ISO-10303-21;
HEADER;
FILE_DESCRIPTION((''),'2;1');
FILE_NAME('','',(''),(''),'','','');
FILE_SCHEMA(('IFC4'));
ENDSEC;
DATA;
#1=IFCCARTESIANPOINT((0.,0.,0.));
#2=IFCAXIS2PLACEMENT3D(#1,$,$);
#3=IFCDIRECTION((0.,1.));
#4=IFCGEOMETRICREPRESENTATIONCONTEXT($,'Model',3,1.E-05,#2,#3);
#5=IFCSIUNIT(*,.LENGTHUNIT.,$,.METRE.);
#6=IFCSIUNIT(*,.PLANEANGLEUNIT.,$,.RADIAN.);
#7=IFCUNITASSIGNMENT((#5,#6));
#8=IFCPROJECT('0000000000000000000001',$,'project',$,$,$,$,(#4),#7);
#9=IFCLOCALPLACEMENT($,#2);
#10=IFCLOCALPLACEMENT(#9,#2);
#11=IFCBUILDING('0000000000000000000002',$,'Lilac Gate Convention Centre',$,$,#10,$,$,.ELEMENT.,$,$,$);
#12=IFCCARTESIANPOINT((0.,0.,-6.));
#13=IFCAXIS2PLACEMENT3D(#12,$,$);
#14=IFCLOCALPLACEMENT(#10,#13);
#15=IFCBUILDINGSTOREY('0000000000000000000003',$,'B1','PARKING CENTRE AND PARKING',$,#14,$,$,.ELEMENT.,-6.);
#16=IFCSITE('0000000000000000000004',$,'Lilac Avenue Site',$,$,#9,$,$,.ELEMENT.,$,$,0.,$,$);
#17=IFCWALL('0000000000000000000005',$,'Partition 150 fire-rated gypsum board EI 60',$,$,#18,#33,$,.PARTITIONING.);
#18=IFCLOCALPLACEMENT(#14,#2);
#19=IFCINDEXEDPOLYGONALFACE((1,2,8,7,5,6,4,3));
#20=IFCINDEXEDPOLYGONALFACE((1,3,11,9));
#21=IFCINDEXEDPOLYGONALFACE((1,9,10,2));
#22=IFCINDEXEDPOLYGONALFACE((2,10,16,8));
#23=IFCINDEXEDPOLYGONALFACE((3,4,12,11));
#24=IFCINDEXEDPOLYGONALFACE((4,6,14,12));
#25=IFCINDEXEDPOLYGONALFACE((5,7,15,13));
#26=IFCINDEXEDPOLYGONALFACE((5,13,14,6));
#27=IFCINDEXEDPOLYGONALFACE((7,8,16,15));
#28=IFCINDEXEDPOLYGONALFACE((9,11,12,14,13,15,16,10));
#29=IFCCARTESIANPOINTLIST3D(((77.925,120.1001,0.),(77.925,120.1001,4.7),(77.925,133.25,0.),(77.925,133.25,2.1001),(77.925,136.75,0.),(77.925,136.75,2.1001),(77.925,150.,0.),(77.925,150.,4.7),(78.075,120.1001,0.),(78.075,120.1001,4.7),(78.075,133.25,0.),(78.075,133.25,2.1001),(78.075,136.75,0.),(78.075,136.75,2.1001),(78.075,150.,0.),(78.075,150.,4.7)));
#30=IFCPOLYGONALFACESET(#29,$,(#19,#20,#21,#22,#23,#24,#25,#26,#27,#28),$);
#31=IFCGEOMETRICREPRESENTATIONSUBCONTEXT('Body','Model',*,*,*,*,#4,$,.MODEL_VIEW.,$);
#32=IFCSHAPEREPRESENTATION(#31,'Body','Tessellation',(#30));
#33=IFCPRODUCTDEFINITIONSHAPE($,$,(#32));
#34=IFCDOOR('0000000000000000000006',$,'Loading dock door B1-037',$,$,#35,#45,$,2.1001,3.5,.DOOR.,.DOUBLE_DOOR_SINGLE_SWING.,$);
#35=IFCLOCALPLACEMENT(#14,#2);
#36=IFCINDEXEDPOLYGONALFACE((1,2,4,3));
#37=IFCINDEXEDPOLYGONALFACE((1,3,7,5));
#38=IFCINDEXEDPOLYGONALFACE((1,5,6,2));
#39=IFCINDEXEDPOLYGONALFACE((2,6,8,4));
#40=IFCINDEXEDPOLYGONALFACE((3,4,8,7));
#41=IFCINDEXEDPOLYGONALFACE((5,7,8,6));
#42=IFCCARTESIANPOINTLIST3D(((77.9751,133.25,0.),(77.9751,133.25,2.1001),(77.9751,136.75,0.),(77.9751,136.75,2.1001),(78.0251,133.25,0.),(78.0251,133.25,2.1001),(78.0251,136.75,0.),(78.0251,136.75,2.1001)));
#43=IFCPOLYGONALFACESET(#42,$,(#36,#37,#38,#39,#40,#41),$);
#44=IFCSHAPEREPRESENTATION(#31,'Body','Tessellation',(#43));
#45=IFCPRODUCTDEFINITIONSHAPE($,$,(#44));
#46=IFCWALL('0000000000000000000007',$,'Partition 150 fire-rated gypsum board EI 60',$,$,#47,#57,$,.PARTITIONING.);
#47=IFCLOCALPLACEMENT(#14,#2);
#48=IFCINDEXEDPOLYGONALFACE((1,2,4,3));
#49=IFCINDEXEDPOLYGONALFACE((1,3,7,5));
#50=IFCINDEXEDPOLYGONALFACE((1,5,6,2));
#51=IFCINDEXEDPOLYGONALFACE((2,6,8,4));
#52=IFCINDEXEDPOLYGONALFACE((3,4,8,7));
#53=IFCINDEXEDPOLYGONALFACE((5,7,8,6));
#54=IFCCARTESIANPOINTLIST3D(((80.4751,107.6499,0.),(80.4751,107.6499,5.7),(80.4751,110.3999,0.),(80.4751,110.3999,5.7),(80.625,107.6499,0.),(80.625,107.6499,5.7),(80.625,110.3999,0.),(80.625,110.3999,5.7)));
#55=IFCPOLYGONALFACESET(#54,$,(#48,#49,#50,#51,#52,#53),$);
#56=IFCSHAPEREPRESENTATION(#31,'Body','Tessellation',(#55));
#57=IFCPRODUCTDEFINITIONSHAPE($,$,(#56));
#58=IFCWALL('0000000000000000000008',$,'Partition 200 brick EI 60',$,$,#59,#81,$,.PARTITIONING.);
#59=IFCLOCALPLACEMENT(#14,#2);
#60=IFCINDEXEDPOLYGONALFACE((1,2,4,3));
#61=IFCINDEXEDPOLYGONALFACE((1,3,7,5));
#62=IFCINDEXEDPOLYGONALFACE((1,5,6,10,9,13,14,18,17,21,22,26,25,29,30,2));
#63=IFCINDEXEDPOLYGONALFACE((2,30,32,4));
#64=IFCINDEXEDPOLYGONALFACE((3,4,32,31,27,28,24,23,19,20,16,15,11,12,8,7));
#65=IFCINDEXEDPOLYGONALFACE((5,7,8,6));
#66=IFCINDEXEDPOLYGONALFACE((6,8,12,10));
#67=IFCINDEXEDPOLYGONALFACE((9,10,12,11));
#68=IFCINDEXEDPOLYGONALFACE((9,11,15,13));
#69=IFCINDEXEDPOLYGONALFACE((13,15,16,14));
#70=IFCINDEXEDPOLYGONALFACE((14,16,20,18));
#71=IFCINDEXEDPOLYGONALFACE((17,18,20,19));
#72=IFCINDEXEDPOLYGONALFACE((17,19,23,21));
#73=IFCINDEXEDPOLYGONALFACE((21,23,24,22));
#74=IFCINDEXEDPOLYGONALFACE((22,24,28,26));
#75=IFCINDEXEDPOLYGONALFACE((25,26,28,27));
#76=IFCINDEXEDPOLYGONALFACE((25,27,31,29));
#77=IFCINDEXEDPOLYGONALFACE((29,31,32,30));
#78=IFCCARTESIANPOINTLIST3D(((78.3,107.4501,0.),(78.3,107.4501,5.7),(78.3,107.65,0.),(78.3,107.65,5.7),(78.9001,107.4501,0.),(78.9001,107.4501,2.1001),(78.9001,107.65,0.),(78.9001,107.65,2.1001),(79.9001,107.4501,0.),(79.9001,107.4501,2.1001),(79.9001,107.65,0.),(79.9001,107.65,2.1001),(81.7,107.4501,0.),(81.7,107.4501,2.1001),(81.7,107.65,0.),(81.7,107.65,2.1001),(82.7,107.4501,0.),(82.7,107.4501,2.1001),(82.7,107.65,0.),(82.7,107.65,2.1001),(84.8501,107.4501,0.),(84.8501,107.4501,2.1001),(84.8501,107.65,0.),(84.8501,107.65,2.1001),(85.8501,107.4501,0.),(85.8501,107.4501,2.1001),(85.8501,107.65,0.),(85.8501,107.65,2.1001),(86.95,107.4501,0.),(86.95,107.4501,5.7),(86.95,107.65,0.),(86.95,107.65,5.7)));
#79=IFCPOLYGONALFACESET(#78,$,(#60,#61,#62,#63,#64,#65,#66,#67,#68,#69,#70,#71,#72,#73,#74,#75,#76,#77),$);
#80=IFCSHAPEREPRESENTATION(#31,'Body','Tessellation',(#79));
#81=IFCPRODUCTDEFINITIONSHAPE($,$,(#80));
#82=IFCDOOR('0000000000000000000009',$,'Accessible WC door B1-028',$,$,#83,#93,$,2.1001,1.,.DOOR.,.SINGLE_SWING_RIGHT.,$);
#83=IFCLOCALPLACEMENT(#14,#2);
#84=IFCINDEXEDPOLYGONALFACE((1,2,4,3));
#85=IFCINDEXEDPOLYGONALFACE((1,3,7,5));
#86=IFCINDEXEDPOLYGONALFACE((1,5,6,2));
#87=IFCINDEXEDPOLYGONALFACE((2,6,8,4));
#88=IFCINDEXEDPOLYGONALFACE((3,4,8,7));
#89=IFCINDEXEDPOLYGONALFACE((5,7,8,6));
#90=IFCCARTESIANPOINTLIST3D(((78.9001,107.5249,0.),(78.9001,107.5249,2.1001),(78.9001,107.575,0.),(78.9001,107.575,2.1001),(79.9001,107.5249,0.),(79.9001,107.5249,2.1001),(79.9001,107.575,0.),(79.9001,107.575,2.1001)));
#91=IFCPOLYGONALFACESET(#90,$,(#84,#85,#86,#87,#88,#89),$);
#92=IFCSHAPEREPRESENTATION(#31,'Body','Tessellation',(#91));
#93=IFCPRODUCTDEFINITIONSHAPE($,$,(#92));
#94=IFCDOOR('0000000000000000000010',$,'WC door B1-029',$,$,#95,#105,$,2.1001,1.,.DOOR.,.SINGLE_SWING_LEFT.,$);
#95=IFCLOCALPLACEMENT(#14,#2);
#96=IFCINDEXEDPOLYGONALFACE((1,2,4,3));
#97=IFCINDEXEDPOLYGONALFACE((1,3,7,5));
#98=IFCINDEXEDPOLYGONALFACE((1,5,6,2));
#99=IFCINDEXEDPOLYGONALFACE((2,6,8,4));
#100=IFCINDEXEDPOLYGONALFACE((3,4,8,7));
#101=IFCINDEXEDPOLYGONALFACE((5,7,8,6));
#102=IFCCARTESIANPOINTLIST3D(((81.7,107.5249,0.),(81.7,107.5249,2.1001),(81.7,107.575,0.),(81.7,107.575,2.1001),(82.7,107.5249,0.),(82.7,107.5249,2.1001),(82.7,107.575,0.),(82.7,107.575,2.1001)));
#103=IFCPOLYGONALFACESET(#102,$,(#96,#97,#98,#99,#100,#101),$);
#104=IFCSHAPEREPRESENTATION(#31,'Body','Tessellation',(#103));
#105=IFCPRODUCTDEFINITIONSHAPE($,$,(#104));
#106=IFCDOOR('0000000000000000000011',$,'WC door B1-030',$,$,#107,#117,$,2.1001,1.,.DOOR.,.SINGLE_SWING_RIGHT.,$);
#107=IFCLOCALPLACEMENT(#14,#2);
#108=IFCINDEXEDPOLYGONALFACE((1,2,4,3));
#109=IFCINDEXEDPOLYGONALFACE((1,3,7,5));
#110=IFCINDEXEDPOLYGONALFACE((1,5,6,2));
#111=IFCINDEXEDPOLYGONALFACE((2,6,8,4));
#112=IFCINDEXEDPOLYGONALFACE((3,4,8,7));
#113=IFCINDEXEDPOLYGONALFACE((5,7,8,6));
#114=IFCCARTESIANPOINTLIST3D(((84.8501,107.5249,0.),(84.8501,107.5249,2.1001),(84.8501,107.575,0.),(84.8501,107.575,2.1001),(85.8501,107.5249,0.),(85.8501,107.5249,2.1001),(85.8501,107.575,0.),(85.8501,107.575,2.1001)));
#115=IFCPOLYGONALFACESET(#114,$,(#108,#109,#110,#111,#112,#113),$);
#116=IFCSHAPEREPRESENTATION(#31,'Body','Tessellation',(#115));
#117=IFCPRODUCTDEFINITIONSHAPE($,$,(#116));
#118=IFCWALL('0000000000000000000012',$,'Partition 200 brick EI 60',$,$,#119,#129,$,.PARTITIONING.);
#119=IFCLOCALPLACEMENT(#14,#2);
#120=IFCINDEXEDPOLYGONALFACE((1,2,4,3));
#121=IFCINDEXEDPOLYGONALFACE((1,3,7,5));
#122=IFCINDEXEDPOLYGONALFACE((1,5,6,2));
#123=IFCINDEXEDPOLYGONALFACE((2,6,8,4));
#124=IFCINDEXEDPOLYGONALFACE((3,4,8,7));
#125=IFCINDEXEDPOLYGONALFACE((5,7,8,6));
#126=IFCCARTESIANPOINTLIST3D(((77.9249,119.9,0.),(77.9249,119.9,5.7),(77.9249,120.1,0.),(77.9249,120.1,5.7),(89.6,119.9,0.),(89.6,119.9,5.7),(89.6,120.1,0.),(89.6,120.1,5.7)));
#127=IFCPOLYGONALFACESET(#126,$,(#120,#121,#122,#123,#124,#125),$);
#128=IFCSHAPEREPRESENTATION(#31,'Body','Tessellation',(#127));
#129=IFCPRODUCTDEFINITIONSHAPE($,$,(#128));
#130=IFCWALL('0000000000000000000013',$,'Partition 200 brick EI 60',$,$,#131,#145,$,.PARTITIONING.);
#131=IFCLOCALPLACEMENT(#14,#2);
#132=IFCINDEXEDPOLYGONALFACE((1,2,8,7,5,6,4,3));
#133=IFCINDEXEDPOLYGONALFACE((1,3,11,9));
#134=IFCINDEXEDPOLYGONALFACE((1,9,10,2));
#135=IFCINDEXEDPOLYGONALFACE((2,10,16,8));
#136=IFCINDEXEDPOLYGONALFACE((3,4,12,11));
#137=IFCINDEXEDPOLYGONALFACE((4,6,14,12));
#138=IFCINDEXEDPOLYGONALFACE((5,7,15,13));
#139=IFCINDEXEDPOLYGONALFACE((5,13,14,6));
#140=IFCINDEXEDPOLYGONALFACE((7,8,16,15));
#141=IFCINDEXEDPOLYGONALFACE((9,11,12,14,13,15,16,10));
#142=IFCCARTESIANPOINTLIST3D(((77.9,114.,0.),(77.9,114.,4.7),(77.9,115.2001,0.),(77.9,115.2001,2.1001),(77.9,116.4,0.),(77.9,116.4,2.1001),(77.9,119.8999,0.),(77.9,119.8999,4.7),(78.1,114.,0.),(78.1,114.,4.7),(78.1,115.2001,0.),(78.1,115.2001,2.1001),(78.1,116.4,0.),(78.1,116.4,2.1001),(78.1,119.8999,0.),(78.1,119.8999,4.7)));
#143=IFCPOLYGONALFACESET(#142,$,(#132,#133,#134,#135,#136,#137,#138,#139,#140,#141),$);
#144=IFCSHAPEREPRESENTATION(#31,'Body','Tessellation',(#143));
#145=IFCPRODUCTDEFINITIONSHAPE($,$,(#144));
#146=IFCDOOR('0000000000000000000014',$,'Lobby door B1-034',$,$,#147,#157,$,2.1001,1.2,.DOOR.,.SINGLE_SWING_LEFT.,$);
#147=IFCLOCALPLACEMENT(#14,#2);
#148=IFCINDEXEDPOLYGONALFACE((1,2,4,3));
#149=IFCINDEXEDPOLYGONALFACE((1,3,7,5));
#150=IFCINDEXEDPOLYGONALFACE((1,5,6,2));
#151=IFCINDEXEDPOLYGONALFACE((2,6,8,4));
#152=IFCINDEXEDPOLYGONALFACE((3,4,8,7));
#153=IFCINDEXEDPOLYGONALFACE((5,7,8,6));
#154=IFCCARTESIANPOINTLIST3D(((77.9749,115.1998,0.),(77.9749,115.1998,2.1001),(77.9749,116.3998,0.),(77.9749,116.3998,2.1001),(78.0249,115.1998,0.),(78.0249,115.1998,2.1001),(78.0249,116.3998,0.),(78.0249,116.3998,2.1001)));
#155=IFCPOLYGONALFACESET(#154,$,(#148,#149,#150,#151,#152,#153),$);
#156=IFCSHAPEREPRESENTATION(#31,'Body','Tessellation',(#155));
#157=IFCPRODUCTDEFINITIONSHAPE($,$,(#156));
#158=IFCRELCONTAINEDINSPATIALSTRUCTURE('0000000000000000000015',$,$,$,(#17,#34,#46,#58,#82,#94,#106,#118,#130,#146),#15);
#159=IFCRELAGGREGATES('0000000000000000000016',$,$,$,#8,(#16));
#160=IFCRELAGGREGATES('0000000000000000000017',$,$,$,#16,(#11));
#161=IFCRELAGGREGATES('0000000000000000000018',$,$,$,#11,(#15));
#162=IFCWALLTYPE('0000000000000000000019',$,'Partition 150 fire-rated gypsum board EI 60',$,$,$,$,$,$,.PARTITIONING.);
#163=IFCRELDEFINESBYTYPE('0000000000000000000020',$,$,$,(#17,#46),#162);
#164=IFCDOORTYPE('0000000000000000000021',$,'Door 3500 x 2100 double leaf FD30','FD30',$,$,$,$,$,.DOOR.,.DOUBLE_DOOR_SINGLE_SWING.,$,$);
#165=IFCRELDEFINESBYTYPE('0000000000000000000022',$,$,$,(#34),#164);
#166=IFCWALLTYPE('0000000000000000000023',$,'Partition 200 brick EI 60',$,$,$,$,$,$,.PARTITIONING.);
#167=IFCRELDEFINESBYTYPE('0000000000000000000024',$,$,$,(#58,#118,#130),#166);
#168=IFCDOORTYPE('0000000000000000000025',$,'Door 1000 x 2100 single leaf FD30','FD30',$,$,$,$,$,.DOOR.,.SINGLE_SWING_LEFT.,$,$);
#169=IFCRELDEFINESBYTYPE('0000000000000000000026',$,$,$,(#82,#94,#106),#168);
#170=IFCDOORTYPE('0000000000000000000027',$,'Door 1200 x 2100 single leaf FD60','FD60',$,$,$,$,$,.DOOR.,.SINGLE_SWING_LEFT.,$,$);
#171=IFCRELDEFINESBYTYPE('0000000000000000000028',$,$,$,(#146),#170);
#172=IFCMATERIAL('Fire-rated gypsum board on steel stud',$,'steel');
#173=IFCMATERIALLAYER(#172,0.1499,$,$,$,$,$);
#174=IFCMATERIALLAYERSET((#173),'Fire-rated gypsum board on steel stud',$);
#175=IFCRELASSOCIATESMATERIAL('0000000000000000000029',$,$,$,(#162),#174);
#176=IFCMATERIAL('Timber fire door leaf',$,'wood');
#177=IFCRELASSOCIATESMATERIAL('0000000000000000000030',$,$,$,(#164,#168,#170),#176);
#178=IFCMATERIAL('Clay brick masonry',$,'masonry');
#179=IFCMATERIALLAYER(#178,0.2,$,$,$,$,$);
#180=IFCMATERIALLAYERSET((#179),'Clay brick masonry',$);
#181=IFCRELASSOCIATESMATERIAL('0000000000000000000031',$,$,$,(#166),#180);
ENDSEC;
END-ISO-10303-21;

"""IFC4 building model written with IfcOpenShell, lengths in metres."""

from ifc_helpers import new_model, si_unit, direction, frame, frame_2d, origin, place, context, subcontext, project, spatial, rectangle, extrude, material, layer, layer_set, type_object, element, fill, save


model = new_model("IFC4")

# Units and contexts
model_context = context("Model", 3, precision=1e-05, world=origin(), true_north=direction((0.0, 1.0)))
body_context = subcontext(model_context, "Body", "Model", "MODEL_VIEW")
ifc_project = project(units=[si_unit("LENGTHUNIT", "METRE"), si_unit("PLANEANGLEUNIT", "RADIAN")], contexts=[model_context])

# Site, building, storey
site_placement = place(None, origin())
site = spatial("IfcSite", under=ifc_project, at=site_placement, Name="Lilac Avenue Site", CompositionType="ELEMENT", RefElevation=0.0)
building_placement = place(site_placement, origin())
building = spatial("IfcBuilding", under=site, at=building_placement, Name="Lilac Gate Convention Centre", CompositionType="ELEMENT")
storey_placement = place(building_placement, frame((0.0, 0.0, -6.0)))
storey = spatial("IfcBuildingStorey", under=building, at=storey_placement, Name="B1", Description="PARKING CENTRE AND PARKING", CompositionType="ELEMENT", Elevation=-6.0)

# Wall, opening, door
ifc_material_1 = material(Name="Fire-rated gypsum board on steel stud", Category="steel")
ifc_layer_1 = layer(ifc_material_1, 0.1499)
ifc_layer_set_1 = layer_set([ifc_layer_1], Name="Fire-rated gypsum board on steel stud")
wall_type_1 = type_object("IfcWallType", Name="Partition 150 fire-rated gypsum board EI 60", PredefinedType="PARTITIONING", material=ifc_layer_set_1)
wall_1_placement = place(storey_placement, frame((78.0, 120.1001, 0.0), z_axis=(0.0, 0.0, 1.0), x_axis=(0.0, 1.0, 0.0)))
wall_1 = element("IfcWall", 1, at=wall_1_placement, inside=storey, type_object=wall_type_1, Name="Partition 150 fire-rated gypsum board EI 60", PredefinedType="PARTITIONING", context=body_context, shape_type="SweptSolid", body=[
    extrude(rectangle(XDim=29.8999, YDim=0.1499, at=frame_2d((14.95, 0.0))), origin(), (0.0, 0.0, 1.0), 4.7),
])
opening_1_placement = place(wall_1_placement, frame((13.1499, 0.0, 0.0)))
opening_1 = element("IfcOpeningElement", 2, at=opening_1_placement, cuts=wall_1, PredefinedType="OPENING", context=body_context, shape_type="SweptSolid", body=[
    extrude(rectangle(XDim=3.5, YDim=2.1001, at=frame_2d((1.75, 1.05))), frame((0.0, 0.085, 0.0), z_axis=(0.0, -1.0, 0.0), x_axis=(1.0, 0.0, 0.0)), (0.0, 0.0, 1.0), 0.1699),
])
ifc_material_2 = material(Name="Timber fire door leaf", Category="wood")
door_type_1 = type_object("IfcDoorType", Name="Door 3500 x 2100 double leaf FD30", Description="FD30", OperationType="DOUBLE_DOOR_SINGLE_SWING", PredefinedType="DOOR", material=ifc_material_2)
door_1_placement = place(opening_1_placement, origin())
door_1 = element("IfcDoor", 3, at=door_1_placement, inside=storey, type_object=door_type_1, Name="Loading dock door B1-037", OperationType="DOUBLE_DOOR_SINGLE_SWING", OverallHeight=2.1001, OverallWidth=3.5, PredefinedType="DOOR", context=body_context, shape_type="SweptSolid", body=[
    extrude(rectangle(XDim=3.5, YDim=2.1001, at=frame_2d((1.75, 1.05))), frame((0.0, 0.0249, 0.0), z_axis=(0.0, -1.0, 0.0), x_axis=(1.0, 0.0, 0.0)), (0.0, 0.0, 1.0), 0.05),
])
fill(opening_1, door_1)

# Wall
wall_2_placement = place(storey_placement, frame((80.55, 107.6499, 0.0), z_axis=(0.0, 0.0, 1.0), x_axis=(0.0, 1.0, 0.0)))
element("IfcWall", 4, at=wall_2_placement, inside=storey, type_object=wall_type_1, Name="Partition 150 fire-rated gypsum board EI 60", PredefinedType="PARTITIONING", context=body_context, shape_type="SweptSolid", body=[
    extrude(rectangle(XDim=2.75, YDim=0.1499, at=frame_2d((1.375, 0.0))), origin(), (0.0, 0.0, 1.0), 5.7),
])

# Wall, openings, doors
ifc_material_3 = material(Name="Clay brick masonry", Category="masonry")
ifc_layer_2 = layer(ifc_material_3, 0.2)
ifc_layer_set_2 = layer_set([ifc_layer_2], Name="Clay brick masonry")
wall_type_2 = type_object("IfcWallType", Name="Partition 200 brick EI 60", PredefinedType="PARTITIONING", material=ifc_layer_set_2)
wall_3_placement = place(storey_placement, frame((78.3, 107.55, 0.0), z_axis=(0.0, 0.0, 1.0), x_axis=(1.0, 0.0, 0.0)))
wall_3 = element("IfcWall", 5, at=wall_3_placement, inside=storey, type_object=wall_type_2, Name="Partition 200 brick EI 60", PredefinedType="PARTITIONING", context=body_context, shape_type="SweptSolid", body=[
    extrude(rectangle(XDim=8.6499, YDim=0.2, at=frame_2d((4.325, 0.0))), origin(), (0.0, 0.0, 1.0), 5.7),
])
opening_2_placement = place(wall_3_placement, frame((0.6001, 0.0, 0.0)))
opening_2 = element("IfcOpeningElement", 6, at=opening_2_placement, cuts=wall_3, PredefinedType="OPENING", context=body_context, shape_type="SweptSolid", body=[
    extrude(rectangle(XDim=1.0, YDim=2.1001, at=frame_2d((0.5, 1.05))), frame((0.0, 0.1099, 0.0), z_axis=(0.0, -1.0, 0.0), x_axis=(1.0, 0.0, 0.0)), (0.0, 0.0, 1.0), 0.22),
])
opening_3_placement = place(wall_3_placement, frame((3.3999, 0.0, 0.0)))
opening_3 = element("IfcOpeningElement", 7, at=opening_3_placement, cuts=wall_3, PredefinedType="OPENING", context=body_context, shape_type="SweptSolid", body=[
    extrude(rectangle(XDim=1.0, YDim=2.1001, at=frame_2d((0.5, 1.05))), frame((0.0, 0.1099, 0.0), z_axis=(0.0, -1.0, 0.0), x_axis=(1.0, 0.0, 0.0)), (0.0, 0.0, 1.0), 0.22),
])
opening_4_placement = place(wall_3_placement, frame((6.55, 0.0, 0.0)))
opening_4 = element("IfcOpeningElement", 8, at=opening_4_placement, cuts=wall_3, PredefinedType="OPENING", context=body_context, shape_type="SweptSolid", body=[
    extrude(rectangle(XDim=1.0, YDim=2.1001, at=frame_2d((0.5, 1.05))), frame((0.0, 0.1099, 0.0), z_axis=(0.0, -1.0, 0.0), x_axis=(1.0, 0.0, 0.0)), (0.0, 0.0, 1.0), 0.22),
])
door_type_2 = type_object("IfcDoorType", Name="Door 1000 x 2100 single leaf FD30", Description="FD30", OperationType="SINGLE_SWING_LEFT", PredefinedType="DOOR", material=ifc_material_2)
door_2_placement = place(opening_2_placement, origin())
door_2 = element("IfcDoor", 9, at=door_2_placement, inside=storey, type_object=door_type_2, Name="Accessible WC door B1-028", OperationType="SINGLE_SWING_RIGHT", OverallHeight=2.1001, OverallWidth=1.0, PredefinedType="DOOR", context=body_context, shape_type="SweptSolid", body=[
    extrude(rectangle(XDim=1.0, YDim=2.1001, at=frame_2d((0.5, 1.05))), frame((0.0, 0.0249, 0.0), z_axis=(0.0, -1.0, 0.0), x_axis=(1.0, 0.0, 0.0)), (0.0, 0.0, 1.0), 0.05),
])
fill(opening_2, door_2)
door_3_placement = place(opening_3_placement, origin())
door_3 = element("IfcDoor", 10, at=door_3_placement, inside=storey, type_object=door_type_2, Name="WC door B1-029", OperationType="SINGLE_SWING_LEFT", OverallHeight=2.1001, OverallWidth=1.0, PredefinedType="DOOR", context=body_context, shape_type="SweptSolid", body=[
    extrude(rectangle(XDim=1.0, YDim=2.1001, at=frame_2d((0.5, 1.05))), frame((0.0, 0.0249, 0.0), z_axis=(0.0, -1.0, 0.0), x_axis=(1.0, 0.0, 0.0)), (0.0, 0.0, 1.0), 0.05),
])
fill(opening_3, door_3)
door_4_placement = place(opening_4_placement, origin())
door_4 = element("IfcDoor", 11, at=door_4_placement, inside=storey, type_object=door_type_2, Name="WC door B1-030", OperationType="SINGLE_SWING_RIGHT", OverallHeight=2.1001, OverallWidth=1.0, PredefinedType="DOOR", context=body_context, shape_type="SweptSolid", body=[
    extrude(rectangle(XDim=1.0, YDim=2.1001, at=frame_2d((0.5, 1.05))), frame((0.0, 0.0249, 0.0), z_axis=(0.0, -1.0, 0.0), x_axis=(1.0, 0.0, 0.0)), (0.0, 0.0, 1.0), 0.05),
])
fill(opening_4, door_4)

# Wall
wall_4_placement = place(storey_placement, frame((77.925, 120.0, 0.0), z_axis=(0.0, 0.0, 1.0), x_axis=(1.0, 0.0, 0.0)))
element("IfcWall", 12, at=wall_4_placement, inside=storey, type_object=wall_type_2, Name="Partition 200 brick EI 60", PredefinedType="PARTITIONING", context=body_context, shape_type="SweptSolid", body=[
    extrude(rectangle(XDim=11.675, YDim=0.2, at=frame_2d((5.8374, 0.0))), origin(), (0.0, 0.0, 1.0), 5.7),
])

# Wall, opening, door
wall_5_placement = place(storey_placement, frame((78.0, 114.0, 0.0), z_axis=(0.0, 0.0, 1.0), x_axis=(0.0, 1.0, 0.0)))
wall_5 = element("IfcWall", 13, at=wall_5_placement, inside=storey, type_object=wall_type_2, Name="Partition 200 brick EI 60", PredefinedType="PARTITIONING", context=body_context, shape_type="SweptSolid", body=[
    extrude(rectangle(XDim=5.8999, YDim=0.2, at=frame_2d((2.95, 0.0))), origin(), (0.0, 0.0, 1.0), 4.7),
])
opening_5_placement = place(wall_5_placement, frame((1.2, 0.0, 0.0)))
opening_5 = element("IfcOpeningElement", 14, at=opening_5_placement, cuts=wall_5, PredefinedType="OPENING", context=body_context, shape_type="SweptSolid", body=[
    extrude(rectangle(XDim=1.2, YDim=2.1001, at=frame_2d((0.6001, 1.05))), frame((0.0, 0.1099, 0.0), z_axis=(0.0, -1.0, 0.0), x_axis=(1.0, 0.0, 0.0)), (0.0, 0.0, 1.0), 0.22),
])
door_type_3 = type_object("IfcDoorType", Name="Door 1200 x 2100 single leaf FD60", Description="FD60", OperationType="SINGLE_SWING_LEFT", PredefinedType="DOOR", material=ifc_material_2)
door_5_placement = place(opening_5_placement, frame((1.2, 0.0, 0.0), z_axis=(0.0, 0.0, 1.0), x_axis=(-1.0, 0.0, 0.0)))
door_5 = element("IfcDoor", 15, at=door_5_placement, inside=storey, type_object=door_type_3, Name="Lobby door B1-034", OperationType="SINGLE_SWING_LEFT", OverallHeight=2.1001, OverallWidth=1.2, PredefinedType="DOOR", context=body_context, shape_type="SweptSolid", body=[
    extrude(rectangle(XDim=1.2, YDim=2.1001, at=frame_2d((0.6001, 1.05))), frame((0.0, 0.0249, 0.0), z_axis=(0.0, -1.0, 0.0), x_axis=(1.0, 0.0, 0.0)), (0.0, 0.0, 1.0), 0.05),
])
fill(opening_5, door_5)

save(model, "model.ifc")
